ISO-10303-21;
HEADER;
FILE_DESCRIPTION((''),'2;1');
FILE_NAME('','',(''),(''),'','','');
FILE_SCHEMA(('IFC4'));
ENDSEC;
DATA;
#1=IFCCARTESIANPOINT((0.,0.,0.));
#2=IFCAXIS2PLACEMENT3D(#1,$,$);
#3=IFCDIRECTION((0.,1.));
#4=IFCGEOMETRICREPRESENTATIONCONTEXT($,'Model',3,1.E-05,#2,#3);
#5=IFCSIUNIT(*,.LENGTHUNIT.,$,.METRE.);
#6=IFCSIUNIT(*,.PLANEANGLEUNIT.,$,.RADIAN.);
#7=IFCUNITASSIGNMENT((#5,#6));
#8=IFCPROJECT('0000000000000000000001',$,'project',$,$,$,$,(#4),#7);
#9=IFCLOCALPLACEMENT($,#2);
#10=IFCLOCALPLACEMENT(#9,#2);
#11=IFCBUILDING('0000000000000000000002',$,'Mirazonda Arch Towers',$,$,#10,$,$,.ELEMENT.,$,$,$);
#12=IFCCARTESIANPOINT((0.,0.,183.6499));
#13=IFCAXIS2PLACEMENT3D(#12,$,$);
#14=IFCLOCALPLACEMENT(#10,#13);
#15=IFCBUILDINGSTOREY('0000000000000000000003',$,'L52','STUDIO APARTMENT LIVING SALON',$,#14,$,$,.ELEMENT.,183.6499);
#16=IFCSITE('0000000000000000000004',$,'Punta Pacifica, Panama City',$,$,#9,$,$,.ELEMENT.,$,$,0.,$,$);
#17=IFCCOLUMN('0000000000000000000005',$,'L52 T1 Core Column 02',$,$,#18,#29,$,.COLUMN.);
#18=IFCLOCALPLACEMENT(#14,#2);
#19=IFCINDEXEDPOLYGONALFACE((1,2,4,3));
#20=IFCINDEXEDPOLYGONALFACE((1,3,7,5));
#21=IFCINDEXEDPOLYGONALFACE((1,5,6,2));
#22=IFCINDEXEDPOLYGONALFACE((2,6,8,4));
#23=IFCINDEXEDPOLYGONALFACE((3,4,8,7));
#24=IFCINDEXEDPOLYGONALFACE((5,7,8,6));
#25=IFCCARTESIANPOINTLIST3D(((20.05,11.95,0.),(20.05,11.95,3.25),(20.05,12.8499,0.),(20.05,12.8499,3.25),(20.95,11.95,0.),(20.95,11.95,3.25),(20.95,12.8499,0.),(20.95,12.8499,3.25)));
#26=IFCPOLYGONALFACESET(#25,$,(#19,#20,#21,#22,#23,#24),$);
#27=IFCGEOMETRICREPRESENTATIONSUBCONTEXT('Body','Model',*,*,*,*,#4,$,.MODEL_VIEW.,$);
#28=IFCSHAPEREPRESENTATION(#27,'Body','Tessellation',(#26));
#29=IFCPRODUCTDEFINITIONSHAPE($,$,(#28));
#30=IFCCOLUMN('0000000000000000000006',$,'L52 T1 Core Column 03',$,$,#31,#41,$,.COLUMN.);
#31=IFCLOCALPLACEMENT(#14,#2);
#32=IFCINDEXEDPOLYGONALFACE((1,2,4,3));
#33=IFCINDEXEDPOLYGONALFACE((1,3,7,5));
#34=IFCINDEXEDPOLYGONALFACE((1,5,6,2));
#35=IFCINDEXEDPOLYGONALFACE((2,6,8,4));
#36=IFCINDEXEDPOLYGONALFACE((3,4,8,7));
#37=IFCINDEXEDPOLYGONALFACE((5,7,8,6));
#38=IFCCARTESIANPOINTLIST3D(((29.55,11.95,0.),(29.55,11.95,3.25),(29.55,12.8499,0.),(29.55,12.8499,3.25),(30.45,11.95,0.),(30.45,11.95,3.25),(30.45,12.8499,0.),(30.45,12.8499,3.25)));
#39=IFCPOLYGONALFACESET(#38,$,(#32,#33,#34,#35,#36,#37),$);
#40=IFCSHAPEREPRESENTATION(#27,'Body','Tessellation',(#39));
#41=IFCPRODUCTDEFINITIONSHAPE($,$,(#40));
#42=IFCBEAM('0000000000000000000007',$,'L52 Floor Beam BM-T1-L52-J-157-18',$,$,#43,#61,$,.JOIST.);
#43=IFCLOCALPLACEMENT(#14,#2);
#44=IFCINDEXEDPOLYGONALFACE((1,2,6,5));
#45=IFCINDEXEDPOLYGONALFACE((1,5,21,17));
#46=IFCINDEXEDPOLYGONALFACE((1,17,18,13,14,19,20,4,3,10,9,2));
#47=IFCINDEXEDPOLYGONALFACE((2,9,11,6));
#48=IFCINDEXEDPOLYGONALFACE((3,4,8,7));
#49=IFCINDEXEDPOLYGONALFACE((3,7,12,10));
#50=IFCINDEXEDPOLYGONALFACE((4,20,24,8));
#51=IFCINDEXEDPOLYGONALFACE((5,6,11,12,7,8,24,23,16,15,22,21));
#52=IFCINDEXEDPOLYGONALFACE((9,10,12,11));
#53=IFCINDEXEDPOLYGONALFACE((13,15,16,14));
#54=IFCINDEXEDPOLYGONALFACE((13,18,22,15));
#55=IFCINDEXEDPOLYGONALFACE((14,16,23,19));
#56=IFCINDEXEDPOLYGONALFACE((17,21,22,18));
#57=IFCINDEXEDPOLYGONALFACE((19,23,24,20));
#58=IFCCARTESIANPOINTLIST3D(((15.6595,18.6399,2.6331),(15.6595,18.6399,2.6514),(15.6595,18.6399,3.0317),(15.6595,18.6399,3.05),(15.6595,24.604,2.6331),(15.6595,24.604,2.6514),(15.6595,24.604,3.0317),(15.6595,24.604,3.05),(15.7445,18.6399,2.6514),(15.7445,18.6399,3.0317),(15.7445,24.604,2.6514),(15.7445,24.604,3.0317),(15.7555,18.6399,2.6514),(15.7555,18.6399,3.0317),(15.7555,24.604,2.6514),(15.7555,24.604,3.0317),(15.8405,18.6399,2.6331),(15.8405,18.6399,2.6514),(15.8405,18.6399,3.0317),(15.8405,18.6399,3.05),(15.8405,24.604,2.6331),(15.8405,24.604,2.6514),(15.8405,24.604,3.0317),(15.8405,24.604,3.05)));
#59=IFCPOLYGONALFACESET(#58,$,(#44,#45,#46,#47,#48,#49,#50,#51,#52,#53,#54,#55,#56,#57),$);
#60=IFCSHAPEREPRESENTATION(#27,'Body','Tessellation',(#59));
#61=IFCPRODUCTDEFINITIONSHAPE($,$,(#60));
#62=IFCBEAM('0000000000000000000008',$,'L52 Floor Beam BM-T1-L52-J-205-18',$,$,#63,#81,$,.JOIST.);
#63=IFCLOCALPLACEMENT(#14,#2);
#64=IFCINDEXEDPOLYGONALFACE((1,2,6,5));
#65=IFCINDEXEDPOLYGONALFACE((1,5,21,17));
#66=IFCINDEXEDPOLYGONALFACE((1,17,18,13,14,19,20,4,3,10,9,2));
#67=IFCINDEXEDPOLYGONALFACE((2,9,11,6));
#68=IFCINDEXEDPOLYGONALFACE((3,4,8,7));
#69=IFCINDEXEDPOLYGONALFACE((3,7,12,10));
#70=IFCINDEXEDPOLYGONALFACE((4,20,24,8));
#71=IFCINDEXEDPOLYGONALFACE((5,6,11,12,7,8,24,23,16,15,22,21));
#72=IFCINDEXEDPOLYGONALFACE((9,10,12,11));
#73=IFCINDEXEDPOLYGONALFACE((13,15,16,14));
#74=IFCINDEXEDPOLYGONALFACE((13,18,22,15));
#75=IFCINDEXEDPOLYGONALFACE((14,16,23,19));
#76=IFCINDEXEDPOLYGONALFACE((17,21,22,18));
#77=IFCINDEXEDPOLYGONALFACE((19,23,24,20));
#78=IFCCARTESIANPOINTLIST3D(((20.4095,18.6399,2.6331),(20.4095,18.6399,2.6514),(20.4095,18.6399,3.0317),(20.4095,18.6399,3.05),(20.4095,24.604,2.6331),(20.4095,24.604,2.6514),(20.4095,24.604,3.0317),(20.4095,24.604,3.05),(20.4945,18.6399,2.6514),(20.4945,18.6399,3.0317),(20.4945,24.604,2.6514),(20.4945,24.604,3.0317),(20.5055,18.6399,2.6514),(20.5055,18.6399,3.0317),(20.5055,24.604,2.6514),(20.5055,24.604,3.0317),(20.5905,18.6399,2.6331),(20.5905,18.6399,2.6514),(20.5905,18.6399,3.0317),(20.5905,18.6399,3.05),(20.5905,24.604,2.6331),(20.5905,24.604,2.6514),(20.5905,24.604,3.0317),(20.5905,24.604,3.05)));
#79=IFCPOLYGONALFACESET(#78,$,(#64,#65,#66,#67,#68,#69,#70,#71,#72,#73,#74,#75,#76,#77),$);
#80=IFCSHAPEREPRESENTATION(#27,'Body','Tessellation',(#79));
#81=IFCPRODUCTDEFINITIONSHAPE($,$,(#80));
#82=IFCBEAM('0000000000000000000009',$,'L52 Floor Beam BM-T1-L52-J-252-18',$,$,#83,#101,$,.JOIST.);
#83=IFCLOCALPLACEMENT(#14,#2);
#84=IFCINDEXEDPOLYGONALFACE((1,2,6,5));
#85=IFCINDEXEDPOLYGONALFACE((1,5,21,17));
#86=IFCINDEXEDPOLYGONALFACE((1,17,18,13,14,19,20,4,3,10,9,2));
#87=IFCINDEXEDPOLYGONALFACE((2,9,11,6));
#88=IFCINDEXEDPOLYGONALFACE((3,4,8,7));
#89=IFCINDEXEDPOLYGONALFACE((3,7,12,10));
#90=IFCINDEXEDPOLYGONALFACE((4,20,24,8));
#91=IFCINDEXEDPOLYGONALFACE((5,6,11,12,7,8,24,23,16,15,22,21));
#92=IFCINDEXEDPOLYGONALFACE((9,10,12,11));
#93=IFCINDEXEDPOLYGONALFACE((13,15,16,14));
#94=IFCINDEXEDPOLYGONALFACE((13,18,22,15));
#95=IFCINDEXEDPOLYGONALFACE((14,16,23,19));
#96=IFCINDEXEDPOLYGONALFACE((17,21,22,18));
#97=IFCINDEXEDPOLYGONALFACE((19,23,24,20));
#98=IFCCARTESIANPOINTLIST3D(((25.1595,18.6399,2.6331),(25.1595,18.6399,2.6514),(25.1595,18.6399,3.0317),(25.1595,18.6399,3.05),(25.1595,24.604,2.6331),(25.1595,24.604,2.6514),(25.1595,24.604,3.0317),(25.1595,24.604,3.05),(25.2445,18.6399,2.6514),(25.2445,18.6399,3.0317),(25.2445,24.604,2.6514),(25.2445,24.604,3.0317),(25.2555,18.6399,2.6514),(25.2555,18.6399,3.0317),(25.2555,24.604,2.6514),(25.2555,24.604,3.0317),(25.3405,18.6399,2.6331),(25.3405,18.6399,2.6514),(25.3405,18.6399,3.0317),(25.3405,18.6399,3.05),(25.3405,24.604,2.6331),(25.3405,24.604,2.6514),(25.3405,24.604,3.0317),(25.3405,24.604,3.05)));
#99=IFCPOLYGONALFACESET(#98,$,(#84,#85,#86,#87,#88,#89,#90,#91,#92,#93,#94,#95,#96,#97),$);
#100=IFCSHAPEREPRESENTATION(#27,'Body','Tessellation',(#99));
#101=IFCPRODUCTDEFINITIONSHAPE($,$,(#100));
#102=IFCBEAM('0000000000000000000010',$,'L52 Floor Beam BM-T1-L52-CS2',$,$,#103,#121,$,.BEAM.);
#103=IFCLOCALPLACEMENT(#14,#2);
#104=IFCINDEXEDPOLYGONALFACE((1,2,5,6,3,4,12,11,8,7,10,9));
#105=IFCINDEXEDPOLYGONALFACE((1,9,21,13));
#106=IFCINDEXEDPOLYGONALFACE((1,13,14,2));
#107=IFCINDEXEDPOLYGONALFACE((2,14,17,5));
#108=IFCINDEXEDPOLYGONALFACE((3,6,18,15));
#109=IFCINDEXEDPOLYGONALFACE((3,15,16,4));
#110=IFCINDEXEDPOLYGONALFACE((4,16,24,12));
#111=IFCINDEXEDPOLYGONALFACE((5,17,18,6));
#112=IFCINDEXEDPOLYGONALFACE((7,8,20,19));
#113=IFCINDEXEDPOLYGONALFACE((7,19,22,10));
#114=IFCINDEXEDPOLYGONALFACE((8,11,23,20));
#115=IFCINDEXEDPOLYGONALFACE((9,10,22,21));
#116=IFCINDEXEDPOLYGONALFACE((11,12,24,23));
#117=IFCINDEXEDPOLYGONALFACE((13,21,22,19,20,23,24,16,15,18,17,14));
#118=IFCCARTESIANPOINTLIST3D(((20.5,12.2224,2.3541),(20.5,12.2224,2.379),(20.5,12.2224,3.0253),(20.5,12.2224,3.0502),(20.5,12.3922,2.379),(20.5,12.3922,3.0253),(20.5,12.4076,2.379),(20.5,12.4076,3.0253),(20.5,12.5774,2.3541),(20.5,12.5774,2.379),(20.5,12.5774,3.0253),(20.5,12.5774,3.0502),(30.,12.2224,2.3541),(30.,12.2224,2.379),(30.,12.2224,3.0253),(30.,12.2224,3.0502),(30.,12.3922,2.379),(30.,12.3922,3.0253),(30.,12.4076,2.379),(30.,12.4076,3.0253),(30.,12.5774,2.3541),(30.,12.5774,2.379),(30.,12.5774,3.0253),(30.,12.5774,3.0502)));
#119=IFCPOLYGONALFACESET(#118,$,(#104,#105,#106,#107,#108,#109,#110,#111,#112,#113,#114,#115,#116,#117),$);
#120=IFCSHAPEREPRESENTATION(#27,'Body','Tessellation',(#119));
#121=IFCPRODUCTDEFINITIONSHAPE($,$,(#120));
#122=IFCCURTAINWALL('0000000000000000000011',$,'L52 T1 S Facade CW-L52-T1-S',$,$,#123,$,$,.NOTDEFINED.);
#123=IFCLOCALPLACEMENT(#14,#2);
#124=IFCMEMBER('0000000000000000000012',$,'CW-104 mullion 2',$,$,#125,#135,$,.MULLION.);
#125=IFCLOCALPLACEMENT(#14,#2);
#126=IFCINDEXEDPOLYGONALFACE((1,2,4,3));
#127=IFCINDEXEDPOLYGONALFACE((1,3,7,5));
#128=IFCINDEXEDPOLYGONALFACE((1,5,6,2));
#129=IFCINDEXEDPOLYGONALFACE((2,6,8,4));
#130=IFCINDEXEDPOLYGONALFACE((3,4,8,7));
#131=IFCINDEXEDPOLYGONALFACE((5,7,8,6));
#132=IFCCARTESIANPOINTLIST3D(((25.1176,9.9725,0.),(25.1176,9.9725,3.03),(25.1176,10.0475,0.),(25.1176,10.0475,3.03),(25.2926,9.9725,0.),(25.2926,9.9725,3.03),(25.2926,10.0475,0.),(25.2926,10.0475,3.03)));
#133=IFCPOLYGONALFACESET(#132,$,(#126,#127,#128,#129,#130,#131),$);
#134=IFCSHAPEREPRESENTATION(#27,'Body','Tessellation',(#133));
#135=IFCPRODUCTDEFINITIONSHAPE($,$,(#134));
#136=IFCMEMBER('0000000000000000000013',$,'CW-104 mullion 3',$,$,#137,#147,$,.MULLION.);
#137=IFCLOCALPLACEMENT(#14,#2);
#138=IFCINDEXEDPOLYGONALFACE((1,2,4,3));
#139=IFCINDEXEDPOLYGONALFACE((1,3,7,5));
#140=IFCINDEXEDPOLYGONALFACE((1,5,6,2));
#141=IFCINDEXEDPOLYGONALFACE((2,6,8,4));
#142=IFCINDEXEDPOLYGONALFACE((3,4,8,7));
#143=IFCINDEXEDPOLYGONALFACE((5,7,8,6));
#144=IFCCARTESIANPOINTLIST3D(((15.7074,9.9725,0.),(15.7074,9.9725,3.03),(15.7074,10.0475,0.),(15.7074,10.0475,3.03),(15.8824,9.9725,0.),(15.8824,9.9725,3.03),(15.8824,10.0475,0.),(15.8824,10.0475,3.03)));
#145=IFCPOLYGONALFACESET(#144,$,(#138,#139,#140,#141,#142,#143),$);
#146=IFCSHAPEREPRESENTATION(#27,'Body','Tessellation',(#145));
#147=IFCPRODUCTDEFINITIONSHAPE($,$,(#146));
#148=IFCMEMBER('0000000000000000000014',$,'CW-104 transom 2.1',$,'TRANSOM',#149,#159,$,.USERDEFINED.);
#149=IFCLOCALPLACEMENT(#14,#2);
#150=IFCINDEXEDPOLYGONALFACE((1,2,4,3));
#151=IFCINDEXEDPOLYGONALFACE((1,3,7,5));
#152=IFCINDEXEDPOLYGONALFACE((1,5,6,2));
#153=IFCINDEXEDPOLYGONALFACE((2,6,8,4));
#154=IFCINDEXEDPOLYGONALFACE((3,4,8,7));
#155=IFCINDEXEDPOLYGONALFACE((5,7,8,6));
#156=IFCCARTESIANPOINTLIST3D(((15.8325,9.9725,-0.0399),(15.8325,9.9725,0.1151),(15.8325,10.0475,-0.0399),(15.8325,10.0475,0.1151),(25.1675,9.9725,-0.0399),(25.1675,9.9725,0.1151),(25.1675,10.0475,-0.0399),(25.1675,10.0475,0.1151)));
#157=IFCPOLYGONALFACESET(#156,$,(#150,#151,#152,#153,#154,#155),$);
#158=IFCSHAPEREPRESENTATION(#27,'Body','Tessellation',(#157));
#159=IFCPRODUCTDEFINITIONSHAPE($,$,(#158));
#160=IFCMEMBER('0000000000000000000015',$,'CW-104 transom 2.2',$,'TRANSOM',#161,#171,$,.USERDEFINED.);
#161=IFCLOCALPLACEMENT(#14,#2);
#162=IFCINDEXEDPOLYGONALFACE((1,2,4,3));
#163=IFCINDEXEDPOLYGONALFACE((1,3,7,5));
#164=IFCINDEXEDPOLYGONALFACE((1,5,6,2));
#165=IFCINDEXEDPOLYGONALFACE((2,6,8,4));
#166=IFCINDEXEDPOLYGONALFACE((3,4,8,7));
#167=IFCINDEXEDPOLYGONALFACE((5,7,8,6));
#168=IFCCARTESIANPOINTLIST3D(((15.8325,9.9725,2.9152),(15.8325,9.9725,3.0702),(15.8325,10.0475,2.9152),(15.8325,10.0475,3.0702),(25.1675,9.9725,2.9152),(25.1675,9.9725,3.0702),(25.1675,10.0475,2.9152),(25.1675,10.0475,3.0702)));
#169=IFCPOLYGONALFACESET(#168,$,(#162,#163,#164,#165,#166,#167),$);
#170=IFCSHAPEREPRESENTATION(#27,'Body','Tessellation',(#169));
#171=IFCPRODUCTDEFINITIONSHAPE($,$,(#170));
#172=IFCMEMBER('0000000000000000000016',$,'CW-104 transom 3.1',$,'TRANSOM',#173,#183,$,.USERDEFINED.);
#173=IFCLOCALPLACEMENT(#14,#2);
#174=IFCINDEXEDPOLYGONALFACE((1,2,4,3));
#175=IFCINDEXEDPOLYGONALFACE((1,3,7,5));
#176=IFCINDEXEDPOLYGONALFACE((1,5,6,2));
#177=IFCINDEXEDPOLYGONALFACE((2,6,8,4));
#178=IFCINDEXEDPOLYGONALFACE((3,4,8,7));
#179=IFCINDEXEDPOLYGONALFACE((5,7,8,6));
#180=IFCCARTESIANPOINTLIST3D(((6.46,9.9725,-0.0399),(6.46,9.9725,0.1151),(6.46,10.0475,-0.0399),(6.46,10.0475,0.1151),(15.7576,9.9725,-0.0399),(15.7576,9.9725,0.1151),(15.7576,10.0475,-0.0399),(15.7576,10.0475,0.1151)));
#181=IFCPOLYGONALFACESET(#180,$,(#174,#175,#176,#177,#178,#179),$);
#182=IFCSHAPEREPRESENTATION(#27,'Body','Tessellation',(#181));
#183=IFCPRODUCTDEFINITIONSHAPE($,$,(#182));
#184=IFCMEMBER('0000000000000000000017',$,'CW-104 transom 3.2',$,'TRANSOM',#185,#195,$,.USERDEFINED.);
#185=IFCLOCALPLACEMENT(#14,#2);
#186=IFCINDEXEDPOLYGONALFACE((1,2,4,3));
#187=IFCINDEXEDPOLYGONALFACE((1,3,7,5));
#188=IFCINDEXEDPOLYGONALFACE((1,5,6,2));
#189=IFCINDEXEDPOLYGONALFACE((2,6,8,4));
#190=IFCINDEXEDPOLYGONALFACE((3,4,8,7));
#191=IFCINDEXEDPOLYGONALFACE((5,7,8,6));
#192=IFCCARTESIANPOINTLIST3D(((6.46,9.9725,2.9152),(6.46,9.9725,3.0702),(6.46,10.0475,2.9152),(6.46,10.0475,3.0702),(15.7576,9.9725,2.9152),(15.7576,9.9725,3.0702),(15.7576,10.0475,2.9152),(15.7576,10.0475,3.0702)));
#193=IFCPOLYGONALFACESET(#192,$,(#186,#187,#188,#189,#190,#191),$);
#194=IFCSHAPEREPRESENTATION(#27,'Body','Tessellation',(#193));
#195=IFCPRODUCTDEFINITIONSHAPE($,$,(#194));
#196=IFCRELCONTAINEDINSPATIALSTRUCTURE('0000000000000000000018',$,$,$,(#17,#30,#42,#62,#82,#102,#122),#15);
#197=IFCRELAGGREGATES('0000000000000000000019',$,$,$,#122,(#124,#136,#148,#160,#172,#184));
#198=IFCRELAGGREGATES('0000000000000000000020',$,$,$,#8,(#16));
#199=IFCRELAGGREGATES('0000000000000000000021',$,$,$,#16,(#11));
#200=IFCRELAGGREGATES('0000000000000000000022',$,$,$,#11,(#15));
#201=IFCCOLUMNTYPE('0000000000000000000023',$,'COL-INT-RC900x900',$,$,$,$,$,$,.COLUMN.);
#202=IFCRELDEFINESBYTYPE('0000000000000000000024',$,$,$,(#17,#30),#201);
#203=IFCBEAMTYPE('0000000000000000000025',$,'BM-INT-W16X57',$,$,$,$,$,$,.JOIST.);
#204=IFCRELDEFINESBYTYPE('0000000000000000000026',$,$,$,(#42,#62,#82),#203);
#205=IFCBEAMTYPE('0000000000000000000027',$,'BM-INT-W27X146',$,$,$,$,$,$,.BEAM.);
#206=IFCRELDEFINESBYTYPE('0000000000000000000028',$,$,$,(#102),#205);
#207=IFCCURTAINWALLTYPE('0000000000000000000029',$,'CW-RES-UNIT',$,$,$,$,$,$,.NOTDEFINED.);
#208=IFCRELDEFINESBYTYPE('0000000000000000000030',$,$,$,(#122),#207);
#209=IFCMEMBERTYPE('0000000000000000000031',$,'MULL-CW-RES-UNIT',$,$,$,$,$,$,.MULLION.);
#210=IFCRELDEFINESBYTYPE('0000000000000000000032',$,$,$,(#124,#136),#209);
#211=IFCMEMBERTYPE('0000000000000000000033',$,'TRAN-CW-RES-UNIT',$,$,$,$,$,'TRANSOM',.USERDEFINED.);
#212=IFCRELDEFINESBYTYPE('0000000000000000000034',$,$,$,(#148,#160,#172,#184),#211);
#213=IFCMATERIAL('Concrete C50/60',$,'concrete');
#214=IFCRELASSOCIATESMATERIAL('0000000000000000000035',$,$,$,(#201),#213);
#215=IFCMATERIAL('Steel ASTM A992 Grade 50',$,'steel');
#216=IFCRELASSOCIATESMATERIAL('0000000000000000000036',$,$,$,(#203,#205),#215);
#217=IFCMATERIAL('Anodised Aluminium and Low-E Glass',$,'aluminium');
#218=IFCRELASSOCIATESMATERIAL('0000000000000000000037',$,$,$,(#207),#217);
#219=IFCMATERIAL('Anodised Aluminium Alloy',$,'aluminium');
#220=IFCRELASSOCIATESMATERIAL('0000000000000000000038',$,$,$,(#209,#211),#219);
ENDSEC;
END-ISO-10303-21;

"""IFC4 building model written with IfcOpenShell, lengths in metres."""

from ifc_helpers import new_model, si_unit, direction, frame, origin, origin_2d, place, context, subcontext, project, spatial, rectangle, i_section, extrude, material, material_profile, profile_set, type_object, element, aggregate, save


model = new_model("IFC4")

# Units and contexts
model_context = context("Model", 3, precision=1e-05, world=origin(), true_north=direction((0.0, 1.0)))
body_context = subcontext(model_context, "Body", "Model", "MODEL_VIEW")
ifc_project = project(units=[si_unit("LENGTHUNIT", "METRE"), si_unit("PLANEANGLEUNIT", "RADIAN")], contexts=[model_context])

# Site, building, storey
site_placement = place(None, origin())
site = spatial("IfcSite", under=ifc_project, at=site_placement, Name="Punta Pacifica, Panama City", CompositionType="ELEMENT", RefElevation=0.0)
building_placement = place(site_placement, origin())
building = spatial("IfcBuilding", under=site, at=building_placement, Name="Mirazonda Arch Towers", CompositionType="ELEMENT")
storey_placement = place(building_placement, frame((0.0, 0.0, 183.6499)))
storey = spatial("IfcBuildingStorey", under=building, at=storey_placement, Name="L52", Description="STUDIO APARTMENT LIVING SALON", CompositionType="ELEMENT", Elevation=183.6499)

# Columns
ifc_material_1 = material(Name="Concrete C50/60", Category="concrete")
ifc_material_profile_1 = material_profile(ifc_material_1, rectangle(XDim=0.8999, YDim=0.8999, at=origin_2d()), Name="RC900x900")
ifc_profile_set_1 = profile_set([ifc_material_profile_1], Name="Concrete C50/60")
column_type = type_object("IfcColumnType", Name="COL-INT-RC900x900", PredefinedType="COLUMN", material=ifc_profile_set_1)
for number, where, z_axis, x_axis, name in (
    (1, (20.5, 12.3999, 0.0), (0.0, 0.0, 1.0), (1.0, 0.0, 0.0), "L52 T1 Core Column 02"),
    (2, (30.0, 12.3999, 0.0), (0.0, 0.0, 1.0), (1.0, 0.0, 0.0), "L52 T1 Core Column 03"),
):
    element("IfcColumn", number, at=place(storey_placement, frame(where, z_axis=z_axis, x_axis=x_axis)), inside=storey, type_object=column_type, Name=name, PredefinedType="COLUMN", context=body_context, shape_type="SweptSolid", body=[
        extrude(rectangle(XDim=0.8999, YDim=0.8999, at=origin_2d()), origin(), (0.0, 0.0, 1.0), 3.25),
    ])

# Beams
ifc_material_2 = material(Name="Steel ASTM A992 Grade 50", Category="steel")
ifc_material_profile_2 = material_profile(ifc_material_2, i_section(OverallWidth=0.1809, OverallDepth=0.417, WebThickness=0.011, FlangeThickness=0.0183, at=origin_2d()), Name="W16X57")
ifc_profile_set_2 = profile_set([ifc_material_profile_2], Name="Steel ASTM A992 Grade 50")
beam_type_1 = type_object("IfcBeamType", Name="BM-INT-W16X57", PredefinedType="JOIST", material=ifc_profile_set_2)
for number, where, z_axis, x_axis, name in (
    (3, (15.75, 18.6399, 2.8416), (0.0, 1.0, 0.0), (-1.0, 0.0, 0.0), "L52 Floor Beam BM-T1-L52-J-157-18"),
    (4, (20.5, 18.6399, 2.8416), (0.0, 1.0, 0.0), (-1.0, 0.0, 0.0), "L52 Floor Beam BM-T1-L52-J-205-18"),
    (5, (25.25, 18.6399, 2.8416), (0.0, 1.0, 0.0), (-1.0, 0.0, 0.0), "L52 Floor Beam BM-T1-L52-J-252-18"),
):
    element("IfcBeam", number, at=place(storey_placement, frame(where, z_axis=z_axis, x_axis=x_axis)), inside=storey, type_object=beam_type_1, Name=name, PredefinedType="JOIST", context=body_context, shape_type="SweptSolid", body=[
        extrude(i_section(OverallWidth=0.1809, OverallDepth=0.417, WebThickness=0.011, FlangeThickness=0.0183, at=origin_2d()), origin(), (0.0, 0.0, 1.0), 5.9641),
    ])
ifc_material_profile_3 = material_profile(ifc_material_2, i_section(OverallWidth=0.355, OverallDepth=0.696, WebThickness=0.0154, FlangeThickness=0.0249, at=origin_2d()), Name="W27X146")
ifc_profile_set_3 = profile_set([ifc_material_profile_3], Name="Steel ASTM A992 Grade 50")
beam_type_2 = type_object("IfcBeamType", Name="BM-INT-W27X146", PredefinedType="BEAM", material=ifc_profile_set_3)
beam_placement = place(storey_placement, frame((20.5, 12.3999, 2.7021), z_axis=(1.0, 0.0, 0.0), x_axis=(0.0, 1.0, 0.0)))
element("IfcBeam", 6, at=beam_placement, inside=storey, type_object=beam_type_2, Name="L52 Floor Beam BM-T1-L52-CS2", PredefinedType="BEAM", context=body_context, shape_type="SweptSolid", body=[
    extrude(i_section(OverallWidth=0.355, OverallDepth=0.696, WebThickness=0.0154, FlangeThickness=0.0249, at=origin_2d()), origin(), (0.0, 0.0, 1.0), 9.5),
])

# Curtain wall, members
ifc_material_3 = material(Name="Anodised Aluminium and Low-E Glass", Category="aluminium")
curtain_wall_type = type_object("IfcCurtainWallType", Name="CW-RES-UNIT", PredefinedType="NOTDEFINED", material=ifc_material_3)
curtain_wall_placement = place(storey_placement, origin())
curtain_wall = element("IfcCurtainWall", 7, at=curtain_wall_placement, inside=storey, type_object=curtain_wall_type, Name="L52 T1 S Facade CW-L52-T1-S", PredefinedType="NOTDEFINED")
ifc_material_4 = material(Name="Anodised Aluminium Alloy", Category="aluminium")
ifc_material_profile_4 = material_profile(ifc_material_4, rectangle(XDim=0.075, YDim=0.175, at=origin_2d()), Name="ALU-MULL-75x175")
ifc_profile_set_4 = profile_set([ifc_material_profile_4], Name="Anodised Aluminium Alloy")
member_type_1 = type_object("IfcMemberType", Name="MULL-CW-RES-UNIT", PredefinedType="MULLION", material=ifc_profile_set_4)
member_1_placement = place(storey_placement, frame((25.2051, 10.01, 0.0), z_axis=(0.0, 0.0, 1.0), x_axis=(0.0, -1.0, 0.0)))
member_1 = element("IfcMember", 8, at=member_1_placement, type_object=member_type_1, Name="CW-104 mullion 2", PredefinedType="MULLION", context=body_context, shape_type="SweptSolid", body=[
    extrude(rectangle(XDim=0.075, YDim=0.175, at=origin_2d()), origin(), (0.0, 0.0, 1.0), 3.03),
])
member_2_placement = place(storey_placement, frame((15.7949, 10.01, 0.0), z_axis=(0.0, 0.0, 1.0), x_axis=(0.0, -1.0, 0.0)))
member_2 = element("IfcMember", 9, at=member_2_placement, type_object=member_type_1, Name="CW-104 mullion 3", PredefinedType="MULLION", context=body_context, shape_type="SweptSolid", body=[
    extrude(rectangle(XDim=0.075, YDim=0.175, at=origin_2d()), origin(), (0.0, 0.0, 1.0), 3.03),
])
ifc_material_profile_5 = material_profile(ifc_material_4, rectangle(XDim=0.075, YDim=0.155, at=origin_2d()), Name="ALU-TRAN-75x155")
ifc_profile_set_5 = profile_set([ifc_material_profile_5], Name="Anodised Aluminium Alloy")
member_type_2 = type_object("IfcMemberType", Name="TRAN-CW-RES-UNIT", ElementType="TRANSOM", PredefinedType="USERDEFINED", material=ifc_profile_set_5)
member_3_placement = place(storey_placement, frame((25.1675, 10.01, 0.0376), z_axis=(-1.0, 0.0, 0.0), x_axis=(0.0, -1.0, 0.0)))
member_3 = element("IfcMember", 10, at=member_3_placement, type_object=member_type_2, Name="CW-104 transom 2.1", ObjectType="TRANSOM", PredefinedType="USERDEFINED", context=body_context, shape_type="SweptSolid", body=[
    extrude(rectangle(XDim=0.075, YDim=0.155, at=origin_2d()), origin(), (0.0, 0.0, 1.0), 9.335),
])
member_4_placement = place(storey_placement, frame((25.1675, 10.01, 2.9927), z_axis=(-1.0, 0.0, 0.0), x_axis=(0.0, -1.0, 0.0)))
member_4 = element("IfcMember", 11, at=member_4_placement, type_object=member_type_2, Name="CW-104 transom 2.2", ObjectType="TRANSOM", PredefinedType="USERDEFINED", context=body_context, shape_type="SweptSolid", body=[
    extrude(rectangle(XDim=0.075, YDim=0.155, at=origin_2d()), origin(), (0.0, 0.0, 1.0), 9.335),
])
member_5_placement = place(storey_placement, frame((15.7576, 10.01, 0.0376), z_axis=(-1.0, 0.0, 0.0), x_axis=(0.0, -1.0, 0.0)))
member_5 = element("IfcMember", 12, at=member_5_placement, type_object=member_type_2, Name="CW-104 transom 3.1", ObjectType="TRANSOM", PredefinedType="USERDEFINED", context=body_context, shape_type="SweptSolid", body=[
    extrude(rectangle(XDim=0.075, YDim=0.155, at=origin_2d()), origin(), (0.0, 0.0, 1.0), 9.2976),
])
member_6_placement = place(storey_placement, frame((15.7576, 10.01, 2.9927), z_axis=(-1.0, 0.0, 0.0), x_axis=(0.0, -1.0, 0.0)))
member_6 = element("IfcMember", 13, at=member_6_placement, type_object=member_type_2, Name="CW-104 transom 3.2", ObjectType="TRANSOM", PredefinedType="USERDEFINED", context=body_context, shape_type="SweptSolid", body=[
    extrude(rectangle(XDim=0.075, YDim=0.155, at=origin_2d()), origin(), (0.0, 0.0, 1.0), 9.2976),
])
aggregate(curtain_wall, [member_1, member_2, member_3, member_4, member_5, member_6])

save(model, "model.ifc")
